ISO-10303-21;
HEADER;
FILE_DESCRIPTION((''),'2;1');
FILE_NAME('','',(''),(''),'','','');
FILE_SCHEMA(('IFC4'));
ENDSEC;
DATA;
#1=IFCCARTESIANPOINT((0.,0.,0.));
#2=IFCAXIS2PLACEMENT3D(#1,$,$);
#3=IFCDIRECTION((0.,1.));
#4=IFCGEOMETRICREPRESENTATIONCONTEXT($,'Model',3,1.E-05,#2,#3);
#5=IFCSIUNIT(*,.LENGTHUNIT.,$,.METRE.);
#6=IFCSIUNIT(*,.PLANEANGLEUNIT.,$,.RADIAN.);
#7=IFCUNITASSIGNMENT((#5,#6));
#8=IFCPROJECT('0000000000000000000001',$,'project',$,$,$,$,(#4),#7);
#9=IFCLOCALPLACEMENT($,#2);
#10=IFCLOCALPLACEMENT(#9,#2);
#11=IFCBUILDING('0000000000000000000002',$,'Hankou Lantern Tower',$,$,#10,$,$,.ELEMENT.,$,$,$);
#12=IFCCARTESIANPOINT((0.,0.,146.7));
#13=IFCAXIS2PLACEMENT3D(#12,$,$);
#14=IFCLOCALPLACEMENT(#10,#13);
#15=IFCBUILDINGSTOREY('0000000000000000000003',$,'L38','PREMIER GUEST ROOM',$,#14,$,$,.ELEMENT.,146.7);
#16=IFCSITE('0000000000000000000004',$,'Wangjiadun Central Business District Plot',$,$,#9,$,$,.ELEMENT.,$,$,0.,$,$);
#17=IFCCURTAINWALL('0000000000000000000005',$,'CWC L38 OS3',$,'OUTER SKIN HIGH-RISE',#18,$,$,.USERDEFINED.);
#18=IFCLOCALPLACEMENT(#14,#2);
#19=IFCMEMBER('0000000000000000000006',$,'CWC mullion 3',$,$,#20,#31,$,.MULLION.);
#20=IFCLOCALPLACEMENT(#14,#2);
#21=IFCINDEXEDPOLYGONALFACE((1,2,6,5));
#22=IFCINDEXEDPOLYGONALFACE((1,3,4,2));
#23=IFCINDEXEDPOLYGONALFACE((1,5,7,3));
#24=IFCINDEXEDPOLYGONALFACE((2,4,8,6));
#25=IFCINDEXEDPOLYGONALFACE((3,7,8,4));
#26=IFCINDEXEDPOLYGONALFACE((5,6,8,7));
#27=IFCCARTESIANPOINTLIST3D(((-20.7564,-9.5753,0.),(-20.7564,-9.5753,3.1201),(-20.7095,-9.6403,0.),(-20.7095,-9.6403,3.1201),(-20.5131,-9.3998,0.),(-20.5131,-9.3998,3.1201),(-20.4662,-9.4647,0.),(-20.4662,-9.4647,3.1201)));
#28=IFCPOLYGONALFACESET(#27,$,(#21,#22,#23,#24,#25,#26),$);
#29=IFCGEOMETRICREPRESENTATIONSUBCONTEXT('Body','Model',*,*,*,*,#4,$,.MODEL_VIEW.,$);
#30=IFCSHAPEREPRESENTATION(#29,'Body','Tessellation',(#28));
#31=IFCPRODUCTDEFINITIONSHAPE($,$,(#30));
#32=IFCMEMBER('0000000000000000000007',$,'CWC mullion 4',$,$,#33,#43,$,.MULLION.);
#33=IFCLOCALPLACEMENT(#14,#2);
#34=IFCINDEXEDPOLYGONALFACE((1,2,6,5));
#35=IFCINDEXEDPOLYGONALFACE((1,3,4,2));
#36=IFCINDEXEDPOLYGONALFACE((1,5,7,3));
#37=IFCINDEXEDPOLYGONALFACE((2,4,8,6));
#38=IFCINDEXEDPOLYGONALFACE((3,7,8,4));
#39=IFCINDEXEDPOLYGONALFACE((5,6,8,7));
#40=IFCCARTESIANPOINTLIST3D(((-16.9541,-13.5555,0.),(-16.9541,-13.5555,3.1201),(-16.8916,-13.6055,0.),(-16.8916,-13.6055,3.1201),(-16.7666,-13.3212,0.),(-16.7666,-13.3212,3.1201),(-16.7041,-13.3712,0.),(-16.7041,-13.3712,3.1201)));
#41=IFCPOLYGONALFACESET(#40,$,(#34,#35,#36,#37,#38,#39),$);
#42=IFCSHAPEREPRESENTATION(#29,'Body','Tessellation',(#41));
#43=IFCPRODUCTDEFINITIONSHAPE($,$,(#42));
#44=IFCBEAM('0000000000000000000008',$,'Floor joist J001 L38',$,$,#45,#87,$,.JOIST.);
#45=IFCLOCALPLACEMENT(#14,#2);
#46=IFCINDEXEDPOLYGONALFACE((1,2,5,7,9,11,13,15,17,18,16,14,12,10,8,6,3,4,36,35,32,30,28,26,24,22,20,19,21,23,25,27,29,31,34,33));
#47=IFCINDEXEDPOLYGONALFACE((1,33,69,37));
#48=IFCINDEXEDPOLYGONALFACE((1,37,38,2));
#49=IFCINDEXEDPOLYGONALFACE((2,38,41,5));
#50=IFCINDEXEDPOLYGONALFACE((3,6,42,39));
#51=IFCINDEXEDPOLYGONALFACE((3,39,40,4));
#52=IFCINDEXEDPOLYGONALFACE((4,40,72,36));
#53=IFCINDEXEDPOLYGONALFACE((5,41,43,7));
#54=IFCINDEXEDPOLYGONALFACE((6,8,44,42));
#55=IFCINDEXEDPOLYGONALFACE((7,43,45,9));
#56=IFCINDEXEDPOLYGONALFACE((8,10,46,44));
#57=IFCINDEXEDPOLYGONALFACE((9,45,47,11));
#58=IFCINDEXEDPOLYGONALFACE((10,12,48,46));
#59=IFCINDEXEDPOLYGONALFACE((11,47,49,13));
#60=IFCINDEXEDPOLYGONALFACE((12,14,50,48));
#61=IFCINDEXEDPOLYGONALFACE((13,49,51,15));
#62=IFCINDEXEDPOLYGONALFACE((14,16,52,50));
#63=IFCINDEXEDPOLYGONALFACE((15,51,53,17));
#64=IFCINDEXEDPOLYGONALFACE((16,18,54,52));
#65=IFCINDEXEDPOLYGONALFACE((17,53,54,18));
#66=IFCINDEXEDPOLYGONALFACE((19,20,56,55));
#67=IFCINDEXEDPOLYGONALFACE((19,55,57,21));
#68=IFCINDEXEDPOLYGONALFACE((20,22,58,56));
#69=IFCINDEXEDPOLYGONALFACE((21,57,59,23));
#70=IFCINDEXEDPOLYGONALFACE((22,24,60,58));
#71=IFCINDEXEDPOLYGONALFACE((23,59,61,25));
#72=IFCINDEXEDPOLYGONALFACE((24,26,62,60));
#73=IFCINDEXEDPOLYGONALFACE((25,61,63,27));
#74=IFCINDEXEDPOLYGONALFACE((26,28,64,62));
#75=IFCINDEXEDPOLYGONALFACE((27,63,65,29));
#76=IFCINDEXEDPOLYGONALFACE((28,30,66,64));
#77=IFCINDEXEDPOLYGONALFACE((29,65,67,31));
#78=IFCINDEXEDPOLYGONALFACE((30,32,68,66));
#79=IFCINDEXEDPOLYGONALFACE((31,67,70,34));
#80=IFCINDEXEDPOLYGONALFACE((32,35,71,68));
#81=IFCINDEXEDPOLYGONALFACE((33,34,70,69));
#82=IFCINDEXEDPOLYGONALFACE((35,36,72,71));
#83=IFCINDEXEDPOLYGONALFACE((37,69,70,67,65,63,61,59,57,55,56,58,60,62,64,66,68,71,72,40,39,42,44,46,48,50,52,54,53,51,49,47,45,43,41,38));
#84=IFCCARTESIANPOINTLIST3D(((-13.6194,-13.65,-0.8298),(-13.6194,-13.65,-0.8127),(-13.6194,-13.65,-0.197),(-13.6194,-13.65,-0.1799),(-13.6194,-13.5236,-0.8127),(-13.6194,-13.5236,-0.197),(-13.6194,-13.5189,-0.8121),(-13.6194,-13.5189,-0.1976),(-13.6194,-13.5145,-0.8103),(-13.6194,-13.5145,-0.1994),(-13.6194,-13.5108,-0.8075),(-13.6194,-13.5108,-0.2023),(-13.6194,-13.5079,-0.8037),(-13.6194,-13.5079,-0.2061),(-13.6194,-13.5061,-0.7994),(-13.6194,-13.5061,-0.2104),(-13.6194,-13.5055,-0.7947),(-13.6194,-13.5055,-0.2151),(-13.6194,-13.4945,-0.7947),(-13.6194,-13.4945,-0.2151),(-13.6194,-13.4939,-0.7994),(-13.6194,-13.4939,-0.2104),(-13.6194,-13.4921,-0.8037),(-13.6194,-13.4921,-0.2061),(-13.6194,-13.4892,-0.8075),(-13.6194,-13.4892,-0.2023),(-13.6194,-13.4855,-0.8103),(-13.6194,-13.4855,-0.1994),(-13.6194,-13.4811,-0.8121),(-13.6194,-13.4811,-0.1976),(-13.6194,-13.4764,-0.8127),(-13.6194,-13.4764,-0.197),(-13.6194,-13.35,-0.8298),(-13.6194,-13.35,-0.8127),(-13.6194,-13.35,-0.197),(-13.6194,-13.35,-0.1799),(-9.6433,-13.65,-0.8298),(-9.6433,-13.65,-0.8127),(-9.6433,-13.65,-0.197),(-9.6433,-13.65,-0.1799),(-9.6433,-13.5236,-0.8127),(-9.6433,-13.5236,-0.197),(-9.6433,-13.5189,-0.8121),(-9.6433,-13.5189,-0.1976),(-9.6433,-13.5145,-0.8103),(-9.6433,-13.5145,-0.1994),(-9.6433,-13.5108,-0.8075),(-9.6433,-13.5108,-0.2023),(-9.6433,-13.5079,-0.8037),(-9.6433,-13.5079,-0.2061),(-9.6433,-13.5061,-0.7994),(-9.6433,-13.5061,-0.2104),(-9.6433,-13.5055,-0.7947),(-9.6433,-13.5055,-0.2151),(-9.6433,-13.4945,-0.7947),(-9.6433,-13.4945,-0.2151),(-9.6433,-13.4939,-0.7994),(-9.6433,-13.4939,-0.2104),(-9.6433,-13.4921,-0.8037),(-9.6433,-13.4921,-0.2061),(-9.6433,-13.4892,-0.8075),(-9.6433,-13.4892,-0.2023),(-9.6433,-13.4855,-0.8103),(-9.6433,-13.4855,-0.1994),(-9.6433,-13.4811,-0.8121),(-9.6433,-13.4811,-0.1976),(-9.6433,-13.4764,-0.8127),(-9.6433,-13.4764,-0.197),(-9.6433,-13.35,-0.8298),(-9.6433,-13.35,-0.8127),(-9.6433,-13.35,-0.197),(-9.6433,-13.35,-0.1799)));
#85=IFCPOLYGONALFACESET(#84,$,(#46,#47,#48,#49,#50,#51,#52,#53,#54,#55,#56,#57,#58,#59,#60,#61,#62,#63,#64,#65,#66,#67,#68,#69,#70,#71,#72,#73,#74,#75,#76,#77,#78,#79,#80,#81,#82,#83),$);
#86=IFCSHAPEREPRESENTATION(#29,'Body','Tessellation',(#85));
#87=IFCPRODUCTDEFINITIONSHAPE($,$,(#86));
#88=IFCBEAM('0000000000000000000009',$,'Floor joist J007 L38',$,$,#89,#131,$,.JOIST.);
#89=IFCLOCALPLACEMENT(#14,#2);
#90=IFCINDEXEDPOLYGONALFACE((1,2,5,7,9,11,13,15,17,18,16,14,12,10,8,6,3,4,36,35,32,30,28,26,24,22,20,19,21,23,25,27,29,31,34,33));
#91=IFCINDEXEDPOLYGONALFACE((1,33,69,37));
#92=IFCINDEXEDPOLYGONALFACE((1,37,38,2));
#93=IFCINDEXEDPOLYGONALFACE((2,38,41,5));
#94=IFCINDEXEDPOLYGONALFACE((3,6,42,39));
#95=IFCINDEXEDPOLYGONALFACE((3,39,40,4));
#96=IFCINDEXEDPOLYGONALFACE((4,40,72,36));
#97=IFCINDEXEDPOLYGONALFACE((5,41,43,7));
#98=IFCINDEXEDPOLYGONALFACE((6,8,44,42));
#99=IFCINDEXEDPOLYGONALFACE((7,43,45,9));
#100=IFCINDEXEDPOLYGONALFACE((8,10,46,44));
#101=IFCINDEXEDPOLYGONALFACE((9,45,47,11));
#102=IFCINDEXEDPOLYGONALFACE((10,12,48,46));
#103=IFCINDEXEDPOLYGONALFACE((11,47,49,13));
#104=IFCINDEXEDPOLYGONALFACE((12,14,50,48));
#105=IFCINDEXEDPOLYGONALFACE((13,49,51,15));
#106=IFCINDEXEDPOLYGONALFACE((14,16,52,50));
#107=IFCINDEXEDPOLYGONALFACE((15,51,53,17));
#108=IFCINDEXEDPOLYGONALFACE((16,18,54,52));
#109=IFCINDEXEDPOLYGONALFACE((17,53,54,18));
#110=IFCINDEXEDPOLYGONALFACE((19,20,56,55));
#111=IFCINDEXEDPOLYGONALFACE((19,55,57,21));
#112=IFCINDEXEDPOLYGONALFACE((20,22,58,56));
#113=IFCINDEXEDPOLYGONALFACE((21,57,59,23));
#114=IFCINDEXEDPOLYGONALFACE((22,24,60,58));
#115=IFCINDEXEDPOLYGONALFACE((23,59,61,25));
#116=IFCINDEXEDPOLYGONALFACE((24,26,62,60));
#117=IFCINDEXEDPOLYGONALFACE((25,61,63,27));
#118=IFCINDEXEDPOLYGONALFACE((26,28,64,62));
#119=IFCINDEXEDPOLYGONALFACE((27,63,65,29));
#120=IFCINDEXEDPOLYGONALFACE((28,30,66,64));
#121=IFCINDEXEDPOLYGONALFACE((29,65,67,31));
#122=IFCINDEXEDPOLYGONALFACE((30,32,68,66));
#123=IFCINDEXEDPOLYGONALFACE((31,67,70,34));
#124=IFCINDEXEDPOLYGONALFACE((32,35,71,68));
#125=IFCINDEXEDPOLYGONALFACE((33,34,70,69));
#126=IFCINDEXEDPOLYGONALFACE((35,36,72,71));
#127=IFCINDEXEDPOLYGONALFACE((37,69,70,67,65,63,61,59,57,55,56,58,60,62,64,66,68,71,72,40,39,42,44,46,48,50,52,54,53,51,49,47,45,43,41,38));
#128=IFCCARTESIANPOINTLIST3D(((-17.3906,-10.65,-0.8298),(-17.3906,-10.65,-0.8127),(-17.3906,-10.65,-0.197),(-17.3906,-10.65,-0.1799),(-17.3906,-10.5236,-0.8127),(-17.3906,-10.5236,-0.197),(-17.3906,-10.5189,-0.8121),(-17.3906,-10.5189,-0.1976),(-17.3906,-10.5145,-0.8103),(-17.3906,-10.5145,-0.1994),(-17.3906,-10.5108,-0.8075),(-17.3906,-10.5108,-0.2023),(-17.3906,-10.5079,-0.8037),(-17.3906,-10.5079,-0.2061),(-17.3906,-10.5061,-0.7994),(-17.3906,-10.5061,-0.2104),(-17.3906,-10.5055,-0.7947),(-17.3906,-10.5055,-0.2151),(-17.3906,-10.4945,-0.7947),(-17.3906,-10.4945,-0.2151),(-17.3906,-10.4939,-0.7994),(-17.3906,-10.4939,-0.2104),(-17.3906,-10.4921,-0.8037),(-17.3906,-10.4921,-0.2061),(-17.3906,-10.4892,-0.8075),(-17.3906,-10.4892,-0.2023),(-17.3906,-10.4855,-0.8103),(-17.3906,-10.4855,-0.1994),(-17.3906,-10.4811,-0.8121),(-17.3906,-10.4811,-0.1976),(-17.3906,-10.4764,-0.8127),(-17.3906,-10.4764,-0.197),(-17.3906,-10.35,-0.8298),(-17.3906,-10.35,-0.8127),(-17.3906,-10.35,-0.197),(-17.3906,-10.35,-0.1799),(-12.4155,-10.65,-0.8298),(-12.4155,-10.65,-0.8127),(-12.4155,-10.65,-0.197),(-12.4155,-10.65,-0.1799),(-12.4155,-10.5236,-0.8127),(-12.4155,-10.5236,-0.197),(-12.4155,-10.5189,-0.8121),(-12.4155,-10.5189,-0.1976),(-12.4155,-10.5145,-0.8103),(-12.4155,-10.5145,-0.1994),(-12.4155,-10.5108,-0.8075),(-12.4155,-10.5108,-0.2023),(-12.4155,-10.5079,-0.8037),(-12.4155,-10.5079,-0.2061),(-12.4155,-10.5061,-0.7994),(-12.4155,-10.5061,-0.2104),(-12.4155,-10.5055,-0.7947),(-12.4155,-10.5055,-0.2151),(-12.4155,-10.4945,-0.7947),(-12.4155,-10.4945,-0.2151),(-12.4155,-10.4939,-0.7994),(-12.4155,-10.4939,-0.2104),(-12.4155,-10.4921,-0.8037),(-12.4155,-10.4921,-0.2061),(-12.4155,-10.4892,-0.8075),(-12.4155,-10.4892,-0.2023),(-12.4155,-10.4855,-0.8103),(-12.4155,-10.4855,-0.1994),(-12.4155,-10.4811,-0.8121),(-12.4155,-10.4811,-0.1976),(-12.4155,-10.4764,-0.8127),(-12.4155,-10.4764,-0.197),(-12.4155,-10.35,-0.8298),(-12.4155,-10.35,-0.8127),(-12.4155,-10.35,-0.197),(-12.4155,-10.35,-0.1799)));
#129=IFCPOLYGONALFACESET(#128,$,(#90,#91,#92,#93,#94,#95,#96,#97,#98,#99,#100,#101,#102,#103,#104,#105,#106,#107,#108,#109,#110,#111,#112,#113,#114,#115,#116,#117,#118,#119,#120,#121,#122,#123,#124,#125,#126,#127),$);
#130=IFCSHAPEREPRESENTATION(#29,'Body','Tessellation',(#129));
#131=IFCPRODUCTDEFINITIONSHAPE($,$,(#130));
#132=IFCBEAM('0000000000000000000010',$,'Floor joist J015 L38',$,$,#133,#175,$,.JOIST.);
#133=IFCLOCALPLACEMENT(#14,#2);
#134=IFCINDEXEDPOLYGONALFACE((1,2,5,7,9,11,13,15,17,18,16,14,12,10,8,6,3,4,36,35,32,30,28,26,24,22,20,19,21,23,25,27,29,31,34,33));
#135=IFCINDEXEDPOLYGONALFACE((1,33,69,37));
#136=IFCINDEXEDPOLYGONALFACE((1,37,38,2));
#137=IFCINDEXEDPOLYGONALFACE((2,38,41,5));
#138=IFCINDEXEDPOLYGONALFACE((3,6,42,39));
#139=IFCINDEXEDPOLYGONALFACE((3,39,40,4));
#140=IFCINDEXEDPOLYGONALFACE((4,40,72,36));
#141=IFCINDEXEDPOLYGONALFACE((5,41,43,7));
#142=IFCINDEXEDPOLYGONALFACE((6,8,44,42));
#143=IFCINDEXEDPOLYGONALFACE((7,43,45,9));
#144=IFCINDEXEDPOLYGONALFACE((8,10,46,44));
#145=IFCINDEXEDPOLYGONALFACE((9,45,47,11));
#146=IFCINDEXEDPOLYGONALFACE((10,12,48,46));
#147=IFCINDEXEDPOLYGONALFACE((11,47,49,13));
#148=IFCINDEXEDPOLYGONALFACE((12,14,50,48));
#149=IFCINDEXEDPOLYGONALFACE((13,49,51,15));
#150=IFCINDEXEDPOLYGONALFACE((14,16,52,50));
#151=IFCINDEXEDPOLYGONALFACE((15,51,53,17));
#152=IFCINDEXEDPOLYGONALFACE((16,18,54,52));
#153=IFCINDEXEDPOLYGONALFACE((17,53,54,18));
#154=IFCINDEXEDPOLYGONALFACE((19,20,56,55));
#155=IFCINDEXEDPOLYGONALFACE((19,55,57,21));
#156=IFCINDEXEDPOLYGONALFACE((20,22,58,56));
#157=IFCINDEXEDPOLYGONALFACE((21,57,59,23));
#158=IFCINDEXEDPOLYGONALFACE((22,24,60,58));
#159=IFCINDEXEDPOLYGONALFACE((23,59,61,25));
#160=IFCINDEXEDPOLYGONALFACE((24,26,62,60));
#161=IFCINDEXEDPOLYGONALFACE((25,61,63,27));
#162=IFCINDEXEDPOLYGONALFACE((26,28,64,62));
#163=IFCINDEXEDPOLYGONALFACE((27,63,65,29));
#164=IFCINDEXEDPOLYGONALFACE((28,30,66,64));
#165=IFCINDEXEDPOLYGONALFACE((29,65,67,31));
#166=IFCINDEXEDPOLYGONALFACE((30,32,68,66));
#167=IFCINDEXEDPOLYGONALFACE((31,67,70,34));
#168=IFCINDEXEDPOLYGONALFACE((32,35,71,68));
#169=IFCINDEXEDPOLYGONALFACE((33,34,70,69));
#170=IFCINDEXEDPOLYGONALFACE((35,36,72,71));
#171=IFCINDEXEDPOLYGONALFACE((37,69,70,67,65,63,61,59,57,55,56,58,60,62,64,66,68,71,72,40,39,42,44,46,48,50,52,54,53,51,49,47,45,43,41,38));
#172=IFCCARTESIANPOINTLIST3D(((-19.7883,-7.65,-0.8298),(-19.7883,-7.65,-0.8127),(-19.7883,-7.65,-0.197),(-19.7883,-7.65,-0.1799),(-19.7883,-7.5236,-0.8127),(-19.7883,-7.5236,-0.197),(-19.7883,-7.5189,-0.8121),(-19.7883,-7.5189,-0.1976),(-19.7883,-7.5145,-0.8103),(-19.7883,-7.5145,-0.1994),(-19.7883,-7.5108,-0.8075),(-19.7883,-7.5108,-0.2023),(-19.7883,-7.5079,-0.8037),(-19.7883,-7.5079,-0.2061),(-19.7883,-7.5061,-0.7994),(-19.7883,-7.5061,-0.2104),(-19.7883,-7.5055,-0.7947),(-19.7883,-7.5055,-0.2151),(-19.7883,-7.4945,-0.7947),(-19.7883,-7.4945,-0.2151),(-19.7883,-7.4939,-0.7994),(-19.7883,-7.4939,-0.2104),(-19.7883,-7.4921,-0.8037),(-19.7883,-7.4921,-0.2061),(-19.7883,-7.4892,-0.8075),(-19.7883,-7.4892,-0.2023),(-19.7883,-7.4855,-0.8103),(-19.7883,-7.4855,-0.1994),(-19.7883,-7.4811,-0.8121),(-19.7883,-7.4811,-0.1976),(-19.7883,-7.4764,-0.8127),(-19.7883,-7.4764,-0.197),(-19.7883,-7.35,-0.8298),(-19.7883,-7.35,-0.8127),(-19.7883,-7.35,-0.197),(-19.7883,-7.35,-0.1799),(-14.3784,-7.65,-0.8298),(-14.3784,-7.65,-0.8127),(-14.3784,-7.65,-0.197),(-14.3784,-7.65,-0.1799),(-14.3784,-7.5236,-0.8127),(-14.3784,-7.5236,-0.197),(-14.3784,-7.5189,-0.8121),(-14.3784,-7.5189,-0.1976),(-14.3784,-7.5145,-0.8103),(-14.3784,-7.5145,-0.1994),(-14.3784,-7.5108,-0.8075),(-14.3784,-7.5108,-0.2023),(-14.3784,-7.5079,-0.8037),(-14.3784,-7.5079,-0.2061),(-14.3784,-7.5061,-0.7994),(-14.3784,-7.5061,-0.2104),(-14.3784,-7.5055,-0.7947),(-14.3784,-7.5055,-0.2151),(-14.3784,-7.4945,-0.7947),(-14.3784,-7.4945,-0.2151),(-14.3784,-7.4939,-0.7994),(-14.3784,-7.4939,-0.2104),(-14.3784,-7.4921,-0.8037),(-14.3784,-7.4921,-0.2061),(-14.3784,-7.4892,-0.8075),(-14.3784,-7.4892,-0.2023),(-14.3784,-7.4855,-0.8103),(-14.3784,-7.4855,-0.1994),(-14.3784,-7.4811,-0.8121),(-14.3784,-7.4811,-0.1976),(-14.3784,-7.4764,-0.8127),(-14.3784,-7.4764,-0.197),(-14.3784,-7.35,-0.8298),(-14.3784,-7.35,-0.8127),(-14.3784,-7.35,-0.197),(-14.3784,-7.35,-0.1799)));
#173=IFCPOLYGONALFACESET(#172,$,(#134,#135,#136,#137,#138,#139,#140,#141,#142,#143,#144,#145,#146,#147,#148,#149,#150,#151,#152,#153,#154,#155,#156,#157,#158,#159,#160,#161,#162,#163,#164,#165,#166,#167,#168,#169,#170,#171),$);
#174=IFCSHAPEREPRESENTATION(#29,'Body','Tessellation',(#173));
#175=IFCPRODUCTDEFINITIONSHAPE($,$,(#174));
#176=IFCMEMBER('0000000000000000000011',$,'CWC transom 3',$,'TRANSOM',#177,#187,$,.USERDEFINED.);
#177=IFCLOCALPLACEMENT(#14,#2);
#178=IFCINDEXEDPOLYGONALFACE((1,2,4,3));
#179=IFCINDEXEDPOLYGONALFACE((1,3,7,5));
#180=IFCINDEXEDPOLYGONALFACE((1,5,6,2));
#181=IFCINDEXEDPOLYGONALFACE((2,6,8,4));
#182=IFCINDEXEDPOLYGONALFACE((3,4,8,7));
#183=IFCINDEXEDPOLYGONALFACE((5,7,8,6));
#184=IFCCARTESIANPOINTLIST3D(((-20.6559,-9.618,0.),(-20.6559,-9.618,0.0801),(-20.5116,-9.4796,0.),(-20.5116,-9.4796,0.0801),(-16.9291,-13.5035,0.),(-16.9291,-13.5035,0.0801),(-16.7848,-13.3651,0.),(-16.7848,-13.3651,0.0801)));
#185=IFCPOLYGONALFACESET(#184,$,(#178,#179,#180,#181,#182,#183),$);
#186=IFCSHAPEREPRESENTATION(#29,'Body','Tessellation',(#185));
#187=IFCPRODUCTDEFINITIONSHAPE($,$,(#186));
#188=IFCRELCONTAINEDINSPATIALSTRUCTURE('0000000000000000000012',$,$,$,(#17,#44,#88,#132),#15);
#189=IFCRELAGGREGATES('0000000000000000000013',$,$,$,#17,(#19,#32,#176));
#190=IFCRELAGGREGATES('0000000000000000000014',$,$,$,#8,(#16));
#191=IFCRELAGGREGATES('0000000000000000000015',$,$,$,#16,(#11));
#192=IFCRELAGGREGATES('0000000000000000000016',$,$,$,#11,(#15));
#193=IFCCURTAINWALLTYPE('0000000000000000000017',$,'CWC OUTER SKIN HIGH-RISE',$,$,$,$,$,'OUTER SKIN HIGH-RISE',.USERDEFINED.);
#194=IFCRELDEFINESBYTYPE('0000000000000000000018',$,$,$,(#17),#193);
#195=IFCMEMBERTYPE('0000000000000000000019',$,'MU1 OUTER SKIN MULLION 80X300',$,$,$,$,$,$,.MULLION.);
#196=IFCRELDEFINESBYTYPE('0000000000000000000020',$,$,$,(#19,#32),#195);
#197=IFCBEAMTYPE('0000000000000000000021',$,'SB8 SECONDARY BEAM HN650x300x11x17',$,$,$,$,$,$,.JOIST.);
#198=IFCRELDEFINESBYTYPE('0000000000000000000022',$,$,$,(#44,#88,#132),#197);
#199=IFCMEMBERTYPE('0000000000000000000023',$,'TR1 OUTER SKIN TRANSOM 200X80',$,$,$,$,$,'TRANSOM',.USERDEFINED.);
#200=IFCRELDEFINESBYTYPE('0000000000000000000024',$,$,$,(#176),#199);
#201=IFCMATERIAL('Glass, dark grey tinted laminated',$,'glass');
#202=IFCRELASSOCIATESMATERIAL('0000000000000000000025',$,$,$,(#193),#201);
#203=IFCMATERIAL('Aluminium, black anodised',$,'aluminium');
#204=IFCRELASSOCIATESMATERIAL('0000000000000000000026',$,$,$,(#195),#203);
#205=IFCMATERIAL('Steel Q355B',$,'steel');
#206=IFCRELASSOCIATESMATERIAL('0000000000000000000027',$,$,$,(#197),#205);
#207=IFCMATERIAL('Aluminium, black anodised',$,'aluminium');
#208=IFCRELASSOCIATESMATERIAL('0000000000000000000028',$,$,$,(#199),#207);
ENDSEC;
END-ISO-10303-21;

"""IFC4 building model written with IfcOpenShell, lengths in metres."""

from ifc_helpers import new_model, si_unit, direction, frame, origin, origin_2d, place, context, subcontext, project, spatial, rectangle, i_section, extrude, material, material_profile, profile_set, type_object, element, aggregate, save


model = new_model("IFC4")

# Units and contexts
model_context = context("Model", 3, precision=1e-05, world=origin(), true_north=direction((0.0, 1.0)))
body_context = subcontext(model_context, "Body", "Model", "MODEL_VIEW")
ifc_project = project(units=[si_unit("LENGTHUNIT", "METRE"), si_unit("PLANEANGLEUNIT", "RADIAN")], contexts=[model_context])

# Site, building, storey
site_placement = place(None, origin())
site = spatial("IfcSite", under=ifc_project, at=site_placement, Name="Wangjiadun Central Business District Plot", CompositionType="ELEMENT", RefElevation=0.0)
building_placement = place(site_placement, origin())
building = spatial("IfcBuilding", under=site, at=building_placement, Name="Hankou Lantern Tower", CompositionType="ELEMENT")
storey_placement = place(building_placement, frame((0.0, 0.0, 146.7)))
storey = spatial("IfcBuildingStorey", under=building, at=storey_placement, Name="L38", Description="PREMIER GUEST ROOM", CompositionType="ELEMENT", Elevation=146.7)

# Curtain wall, members
ifc_material_1 = material(Name="Glass, dark grey tinted laminated", Category="glass")
curtain_wall_type = type_object("IfcCurtainWallType", Name="CWC OUTER SKIN HIGH-RISE", ElementType="OUTER SKIN HIGH-RISE", PredefinedType="USERDEFINED", material=ifc_material_1)
curtain_wall_placement = place(storey_placement, origin())
curtain_wall = element("IfcCurtainWall", 1, at=curtain_wall_placement, inside=storey, type_object=curtain_wall_type, Name="CWC L38 OS3", ObjectType="OUTER SKIN HIGH-RISE", PredefinedType="USERDEFINED")
ifc_material_2 = material(Name="Aluminium, black anodised", Category="aluminium")
ifc_material_profile_1 = material_profile(ifc_material_2, rectangle(XDim=0.0801, YDim=0.3, at=origin_2d()), Name="MU1 80X300")
ifc_profile_set_1 = profile_set([ifc_material_profile_1], Name="Aluminium, black anodised")
member_type_1 = type_object("IfcMemberType", Name="MU1 OUTER SKIN MULLION 80X300", PredefinedType="MULLION", material=ifc_profile_set_1)
member_1_placement = place(storey_placement, frame((-20.6113, -9.52, 0.0), z_axis=(0.0, 0.0, 1.0), x_axis=(0.585206, -0.810885, 0.0)))
member_1 = element("IfcMember", 2, at=member_1_placement, type_object=member_type_1, Name="CWC mullion 3", PredefinedType="MULLION", context=body_context, shape_type="SweptSolid", body=[
    extrude(rectangle(XDim=0.0801, YDim=0.3, at=origin_2d()), origin(), (0.0, 0.0, 1.0), 3.1201),
])
member_2_placement = place(storey_placement, frame((-16.8291, -13.4634, 0.0), z_axis=(0.0, 0.0, 1.0), x_axis=(0.780869, -0.624695, 0.0)))
member_2 = element("IfcMember", 3, at=member_2_placement, type_object=member_type_1, Name="CWC mullion 4", PredefinedType="MULLION", context=body_context, shape_type="SweptSolid", body=[
    extrude(rectangle(XDim=0.0801, YDim=0.3, at=origin_2d()), origin(), (0.0, 0.0, 1.0), 3.1201),
])

# Beams
ifc_material_3 = material(Name="Steel Q355B", Category="steel")
ifc_material_profile_2 = material_profile(ifc_material_3, i_section(OverallWidth=0.3, OverallDepth=0.6499, WebThickness=0.011, FlangeThickness=0.0171, FilletRadius=0.0181, at=origin_2d()), Name="HN650x300x11x17")
ifc_profile_set_2 = profile_set([ifc_material_profile_2], Name="Steel Q355B")
beam_type_1 = type_object("IfcBeamType", Name="SB8 SECONDARY BEAM HN650x300x11x17", PredefinedType="JOIST", material=ifc_profile_set_2)
beam_1_placement = place(storey_placement, frame((-13.6194, -13.5, -0.5049), z_axis=(1.0, 0.0, 0.0), x_axis=(0.0, 1.0, 0.0)))
element("IfcBeam", 4, at=beam_1_placement, inside=storey, type_object=beam_type_1, Name="Floor joist J001 L38", PredefinedType="JOIST", context=body_context, shape_type="SweptSolid", body=[
    extrude(i_section(OverallWidth=0.3, OverallDepth=0.6499, WebThickness=0.011, FlangeThickness=0.0171, FilletRadius=0.0181, at=origin_2d()), origin(), (0.0, 0.0, 1.0), 3.9761),
])
beam_2_placement = place(storey_placement, frame((-17.3906, -10.5, -0.5049), z_axis=(1.0, 0.0, 0.0), x_axis=(0.0, 1.0, 0.0)))
element("IfcBeam", 5, at=beam_2_placement, inside=storey, type_object=beam_type_1, Name="Floor joist J007 L38", PredefinedType="JOIST", context=body_context, shape_type="SweptSolid", body=[
    extrude(i_section(OverallWidth=0.3, OverallDepth=0.6499, WebThickness=0.011, FlangeThickness=0.0171, FilletRadius=0.0181, at=origin_2d()), origin(), (0.0, 0.0, 1.0), 4.9751),
])
beam_3_placement = place(storey_placement, frame((-19.7883, -7.5, -0.5049), z_axis=(1.0, 0.0, 0.0), x_axis=(0.0, 1.0, 0.0)))
element("IfcBeam", 6, at=beam_3_placement, inside=storey, type_object=beam_type_1, Name="Floor joist J015 L38", PredefinedType="JOIST", context=body_context, shape_type="SweptSolid", body=[
    extrude(i_section(OverallWidth=0.3, OverallDepth=0.6499, WebThickness=0.011, FlangeThickness=0.0171, FilletRadius=0.0181, at=origin_2d()), origin(), (0.0, 0.0, 1.0), 5.4099),
])

# Member
ifc_material_4 = material(Name="Aluminium, black anodised", Category="aluminium")
ifc_material_profile_3 = material_profile(ifc_material_4, rectangle(XDim=0.2, YDim=0.0801, at=origin_2d()), Name="TR1 200X80")
ifc_profile_set_3 = profile_set([ifc_material_profile_3], Name="Aluminium, black anodised")
member_type_2 = type_object("IfcMemberType", Name="TR1 OUTER SKIN TRANSOM 200X80", ElementType="TRANSOM", PredefinedType="USERDEFINED", material=ifc_profile_set_3)
member_3_placement = place(storey_placement, frame((-20.5837, -9.5488, 0.04), z_axis=(0.692216, -0.721691, 0.0), x_axis=(0.721691, 0.692216, 0.0)))
member_3 = element("IfcMember", 7, at=member_3_placement, type_object=member_type_2, Name="CWC transom 3", ObjectType="TRANSOM", PredefinedType="USERDEFINED", context=body_context, shape_type="SweptSolid", body=[
    extrude(rectangle(XDim=0.2, YDim=0.0801, at=origin_2d()), origin(), (0.0, 0.0, 1.0), 5.3838),
])

aggregate(curtain_wall, [member_1, member_2, member_3])

save(model, "model.ifc")
